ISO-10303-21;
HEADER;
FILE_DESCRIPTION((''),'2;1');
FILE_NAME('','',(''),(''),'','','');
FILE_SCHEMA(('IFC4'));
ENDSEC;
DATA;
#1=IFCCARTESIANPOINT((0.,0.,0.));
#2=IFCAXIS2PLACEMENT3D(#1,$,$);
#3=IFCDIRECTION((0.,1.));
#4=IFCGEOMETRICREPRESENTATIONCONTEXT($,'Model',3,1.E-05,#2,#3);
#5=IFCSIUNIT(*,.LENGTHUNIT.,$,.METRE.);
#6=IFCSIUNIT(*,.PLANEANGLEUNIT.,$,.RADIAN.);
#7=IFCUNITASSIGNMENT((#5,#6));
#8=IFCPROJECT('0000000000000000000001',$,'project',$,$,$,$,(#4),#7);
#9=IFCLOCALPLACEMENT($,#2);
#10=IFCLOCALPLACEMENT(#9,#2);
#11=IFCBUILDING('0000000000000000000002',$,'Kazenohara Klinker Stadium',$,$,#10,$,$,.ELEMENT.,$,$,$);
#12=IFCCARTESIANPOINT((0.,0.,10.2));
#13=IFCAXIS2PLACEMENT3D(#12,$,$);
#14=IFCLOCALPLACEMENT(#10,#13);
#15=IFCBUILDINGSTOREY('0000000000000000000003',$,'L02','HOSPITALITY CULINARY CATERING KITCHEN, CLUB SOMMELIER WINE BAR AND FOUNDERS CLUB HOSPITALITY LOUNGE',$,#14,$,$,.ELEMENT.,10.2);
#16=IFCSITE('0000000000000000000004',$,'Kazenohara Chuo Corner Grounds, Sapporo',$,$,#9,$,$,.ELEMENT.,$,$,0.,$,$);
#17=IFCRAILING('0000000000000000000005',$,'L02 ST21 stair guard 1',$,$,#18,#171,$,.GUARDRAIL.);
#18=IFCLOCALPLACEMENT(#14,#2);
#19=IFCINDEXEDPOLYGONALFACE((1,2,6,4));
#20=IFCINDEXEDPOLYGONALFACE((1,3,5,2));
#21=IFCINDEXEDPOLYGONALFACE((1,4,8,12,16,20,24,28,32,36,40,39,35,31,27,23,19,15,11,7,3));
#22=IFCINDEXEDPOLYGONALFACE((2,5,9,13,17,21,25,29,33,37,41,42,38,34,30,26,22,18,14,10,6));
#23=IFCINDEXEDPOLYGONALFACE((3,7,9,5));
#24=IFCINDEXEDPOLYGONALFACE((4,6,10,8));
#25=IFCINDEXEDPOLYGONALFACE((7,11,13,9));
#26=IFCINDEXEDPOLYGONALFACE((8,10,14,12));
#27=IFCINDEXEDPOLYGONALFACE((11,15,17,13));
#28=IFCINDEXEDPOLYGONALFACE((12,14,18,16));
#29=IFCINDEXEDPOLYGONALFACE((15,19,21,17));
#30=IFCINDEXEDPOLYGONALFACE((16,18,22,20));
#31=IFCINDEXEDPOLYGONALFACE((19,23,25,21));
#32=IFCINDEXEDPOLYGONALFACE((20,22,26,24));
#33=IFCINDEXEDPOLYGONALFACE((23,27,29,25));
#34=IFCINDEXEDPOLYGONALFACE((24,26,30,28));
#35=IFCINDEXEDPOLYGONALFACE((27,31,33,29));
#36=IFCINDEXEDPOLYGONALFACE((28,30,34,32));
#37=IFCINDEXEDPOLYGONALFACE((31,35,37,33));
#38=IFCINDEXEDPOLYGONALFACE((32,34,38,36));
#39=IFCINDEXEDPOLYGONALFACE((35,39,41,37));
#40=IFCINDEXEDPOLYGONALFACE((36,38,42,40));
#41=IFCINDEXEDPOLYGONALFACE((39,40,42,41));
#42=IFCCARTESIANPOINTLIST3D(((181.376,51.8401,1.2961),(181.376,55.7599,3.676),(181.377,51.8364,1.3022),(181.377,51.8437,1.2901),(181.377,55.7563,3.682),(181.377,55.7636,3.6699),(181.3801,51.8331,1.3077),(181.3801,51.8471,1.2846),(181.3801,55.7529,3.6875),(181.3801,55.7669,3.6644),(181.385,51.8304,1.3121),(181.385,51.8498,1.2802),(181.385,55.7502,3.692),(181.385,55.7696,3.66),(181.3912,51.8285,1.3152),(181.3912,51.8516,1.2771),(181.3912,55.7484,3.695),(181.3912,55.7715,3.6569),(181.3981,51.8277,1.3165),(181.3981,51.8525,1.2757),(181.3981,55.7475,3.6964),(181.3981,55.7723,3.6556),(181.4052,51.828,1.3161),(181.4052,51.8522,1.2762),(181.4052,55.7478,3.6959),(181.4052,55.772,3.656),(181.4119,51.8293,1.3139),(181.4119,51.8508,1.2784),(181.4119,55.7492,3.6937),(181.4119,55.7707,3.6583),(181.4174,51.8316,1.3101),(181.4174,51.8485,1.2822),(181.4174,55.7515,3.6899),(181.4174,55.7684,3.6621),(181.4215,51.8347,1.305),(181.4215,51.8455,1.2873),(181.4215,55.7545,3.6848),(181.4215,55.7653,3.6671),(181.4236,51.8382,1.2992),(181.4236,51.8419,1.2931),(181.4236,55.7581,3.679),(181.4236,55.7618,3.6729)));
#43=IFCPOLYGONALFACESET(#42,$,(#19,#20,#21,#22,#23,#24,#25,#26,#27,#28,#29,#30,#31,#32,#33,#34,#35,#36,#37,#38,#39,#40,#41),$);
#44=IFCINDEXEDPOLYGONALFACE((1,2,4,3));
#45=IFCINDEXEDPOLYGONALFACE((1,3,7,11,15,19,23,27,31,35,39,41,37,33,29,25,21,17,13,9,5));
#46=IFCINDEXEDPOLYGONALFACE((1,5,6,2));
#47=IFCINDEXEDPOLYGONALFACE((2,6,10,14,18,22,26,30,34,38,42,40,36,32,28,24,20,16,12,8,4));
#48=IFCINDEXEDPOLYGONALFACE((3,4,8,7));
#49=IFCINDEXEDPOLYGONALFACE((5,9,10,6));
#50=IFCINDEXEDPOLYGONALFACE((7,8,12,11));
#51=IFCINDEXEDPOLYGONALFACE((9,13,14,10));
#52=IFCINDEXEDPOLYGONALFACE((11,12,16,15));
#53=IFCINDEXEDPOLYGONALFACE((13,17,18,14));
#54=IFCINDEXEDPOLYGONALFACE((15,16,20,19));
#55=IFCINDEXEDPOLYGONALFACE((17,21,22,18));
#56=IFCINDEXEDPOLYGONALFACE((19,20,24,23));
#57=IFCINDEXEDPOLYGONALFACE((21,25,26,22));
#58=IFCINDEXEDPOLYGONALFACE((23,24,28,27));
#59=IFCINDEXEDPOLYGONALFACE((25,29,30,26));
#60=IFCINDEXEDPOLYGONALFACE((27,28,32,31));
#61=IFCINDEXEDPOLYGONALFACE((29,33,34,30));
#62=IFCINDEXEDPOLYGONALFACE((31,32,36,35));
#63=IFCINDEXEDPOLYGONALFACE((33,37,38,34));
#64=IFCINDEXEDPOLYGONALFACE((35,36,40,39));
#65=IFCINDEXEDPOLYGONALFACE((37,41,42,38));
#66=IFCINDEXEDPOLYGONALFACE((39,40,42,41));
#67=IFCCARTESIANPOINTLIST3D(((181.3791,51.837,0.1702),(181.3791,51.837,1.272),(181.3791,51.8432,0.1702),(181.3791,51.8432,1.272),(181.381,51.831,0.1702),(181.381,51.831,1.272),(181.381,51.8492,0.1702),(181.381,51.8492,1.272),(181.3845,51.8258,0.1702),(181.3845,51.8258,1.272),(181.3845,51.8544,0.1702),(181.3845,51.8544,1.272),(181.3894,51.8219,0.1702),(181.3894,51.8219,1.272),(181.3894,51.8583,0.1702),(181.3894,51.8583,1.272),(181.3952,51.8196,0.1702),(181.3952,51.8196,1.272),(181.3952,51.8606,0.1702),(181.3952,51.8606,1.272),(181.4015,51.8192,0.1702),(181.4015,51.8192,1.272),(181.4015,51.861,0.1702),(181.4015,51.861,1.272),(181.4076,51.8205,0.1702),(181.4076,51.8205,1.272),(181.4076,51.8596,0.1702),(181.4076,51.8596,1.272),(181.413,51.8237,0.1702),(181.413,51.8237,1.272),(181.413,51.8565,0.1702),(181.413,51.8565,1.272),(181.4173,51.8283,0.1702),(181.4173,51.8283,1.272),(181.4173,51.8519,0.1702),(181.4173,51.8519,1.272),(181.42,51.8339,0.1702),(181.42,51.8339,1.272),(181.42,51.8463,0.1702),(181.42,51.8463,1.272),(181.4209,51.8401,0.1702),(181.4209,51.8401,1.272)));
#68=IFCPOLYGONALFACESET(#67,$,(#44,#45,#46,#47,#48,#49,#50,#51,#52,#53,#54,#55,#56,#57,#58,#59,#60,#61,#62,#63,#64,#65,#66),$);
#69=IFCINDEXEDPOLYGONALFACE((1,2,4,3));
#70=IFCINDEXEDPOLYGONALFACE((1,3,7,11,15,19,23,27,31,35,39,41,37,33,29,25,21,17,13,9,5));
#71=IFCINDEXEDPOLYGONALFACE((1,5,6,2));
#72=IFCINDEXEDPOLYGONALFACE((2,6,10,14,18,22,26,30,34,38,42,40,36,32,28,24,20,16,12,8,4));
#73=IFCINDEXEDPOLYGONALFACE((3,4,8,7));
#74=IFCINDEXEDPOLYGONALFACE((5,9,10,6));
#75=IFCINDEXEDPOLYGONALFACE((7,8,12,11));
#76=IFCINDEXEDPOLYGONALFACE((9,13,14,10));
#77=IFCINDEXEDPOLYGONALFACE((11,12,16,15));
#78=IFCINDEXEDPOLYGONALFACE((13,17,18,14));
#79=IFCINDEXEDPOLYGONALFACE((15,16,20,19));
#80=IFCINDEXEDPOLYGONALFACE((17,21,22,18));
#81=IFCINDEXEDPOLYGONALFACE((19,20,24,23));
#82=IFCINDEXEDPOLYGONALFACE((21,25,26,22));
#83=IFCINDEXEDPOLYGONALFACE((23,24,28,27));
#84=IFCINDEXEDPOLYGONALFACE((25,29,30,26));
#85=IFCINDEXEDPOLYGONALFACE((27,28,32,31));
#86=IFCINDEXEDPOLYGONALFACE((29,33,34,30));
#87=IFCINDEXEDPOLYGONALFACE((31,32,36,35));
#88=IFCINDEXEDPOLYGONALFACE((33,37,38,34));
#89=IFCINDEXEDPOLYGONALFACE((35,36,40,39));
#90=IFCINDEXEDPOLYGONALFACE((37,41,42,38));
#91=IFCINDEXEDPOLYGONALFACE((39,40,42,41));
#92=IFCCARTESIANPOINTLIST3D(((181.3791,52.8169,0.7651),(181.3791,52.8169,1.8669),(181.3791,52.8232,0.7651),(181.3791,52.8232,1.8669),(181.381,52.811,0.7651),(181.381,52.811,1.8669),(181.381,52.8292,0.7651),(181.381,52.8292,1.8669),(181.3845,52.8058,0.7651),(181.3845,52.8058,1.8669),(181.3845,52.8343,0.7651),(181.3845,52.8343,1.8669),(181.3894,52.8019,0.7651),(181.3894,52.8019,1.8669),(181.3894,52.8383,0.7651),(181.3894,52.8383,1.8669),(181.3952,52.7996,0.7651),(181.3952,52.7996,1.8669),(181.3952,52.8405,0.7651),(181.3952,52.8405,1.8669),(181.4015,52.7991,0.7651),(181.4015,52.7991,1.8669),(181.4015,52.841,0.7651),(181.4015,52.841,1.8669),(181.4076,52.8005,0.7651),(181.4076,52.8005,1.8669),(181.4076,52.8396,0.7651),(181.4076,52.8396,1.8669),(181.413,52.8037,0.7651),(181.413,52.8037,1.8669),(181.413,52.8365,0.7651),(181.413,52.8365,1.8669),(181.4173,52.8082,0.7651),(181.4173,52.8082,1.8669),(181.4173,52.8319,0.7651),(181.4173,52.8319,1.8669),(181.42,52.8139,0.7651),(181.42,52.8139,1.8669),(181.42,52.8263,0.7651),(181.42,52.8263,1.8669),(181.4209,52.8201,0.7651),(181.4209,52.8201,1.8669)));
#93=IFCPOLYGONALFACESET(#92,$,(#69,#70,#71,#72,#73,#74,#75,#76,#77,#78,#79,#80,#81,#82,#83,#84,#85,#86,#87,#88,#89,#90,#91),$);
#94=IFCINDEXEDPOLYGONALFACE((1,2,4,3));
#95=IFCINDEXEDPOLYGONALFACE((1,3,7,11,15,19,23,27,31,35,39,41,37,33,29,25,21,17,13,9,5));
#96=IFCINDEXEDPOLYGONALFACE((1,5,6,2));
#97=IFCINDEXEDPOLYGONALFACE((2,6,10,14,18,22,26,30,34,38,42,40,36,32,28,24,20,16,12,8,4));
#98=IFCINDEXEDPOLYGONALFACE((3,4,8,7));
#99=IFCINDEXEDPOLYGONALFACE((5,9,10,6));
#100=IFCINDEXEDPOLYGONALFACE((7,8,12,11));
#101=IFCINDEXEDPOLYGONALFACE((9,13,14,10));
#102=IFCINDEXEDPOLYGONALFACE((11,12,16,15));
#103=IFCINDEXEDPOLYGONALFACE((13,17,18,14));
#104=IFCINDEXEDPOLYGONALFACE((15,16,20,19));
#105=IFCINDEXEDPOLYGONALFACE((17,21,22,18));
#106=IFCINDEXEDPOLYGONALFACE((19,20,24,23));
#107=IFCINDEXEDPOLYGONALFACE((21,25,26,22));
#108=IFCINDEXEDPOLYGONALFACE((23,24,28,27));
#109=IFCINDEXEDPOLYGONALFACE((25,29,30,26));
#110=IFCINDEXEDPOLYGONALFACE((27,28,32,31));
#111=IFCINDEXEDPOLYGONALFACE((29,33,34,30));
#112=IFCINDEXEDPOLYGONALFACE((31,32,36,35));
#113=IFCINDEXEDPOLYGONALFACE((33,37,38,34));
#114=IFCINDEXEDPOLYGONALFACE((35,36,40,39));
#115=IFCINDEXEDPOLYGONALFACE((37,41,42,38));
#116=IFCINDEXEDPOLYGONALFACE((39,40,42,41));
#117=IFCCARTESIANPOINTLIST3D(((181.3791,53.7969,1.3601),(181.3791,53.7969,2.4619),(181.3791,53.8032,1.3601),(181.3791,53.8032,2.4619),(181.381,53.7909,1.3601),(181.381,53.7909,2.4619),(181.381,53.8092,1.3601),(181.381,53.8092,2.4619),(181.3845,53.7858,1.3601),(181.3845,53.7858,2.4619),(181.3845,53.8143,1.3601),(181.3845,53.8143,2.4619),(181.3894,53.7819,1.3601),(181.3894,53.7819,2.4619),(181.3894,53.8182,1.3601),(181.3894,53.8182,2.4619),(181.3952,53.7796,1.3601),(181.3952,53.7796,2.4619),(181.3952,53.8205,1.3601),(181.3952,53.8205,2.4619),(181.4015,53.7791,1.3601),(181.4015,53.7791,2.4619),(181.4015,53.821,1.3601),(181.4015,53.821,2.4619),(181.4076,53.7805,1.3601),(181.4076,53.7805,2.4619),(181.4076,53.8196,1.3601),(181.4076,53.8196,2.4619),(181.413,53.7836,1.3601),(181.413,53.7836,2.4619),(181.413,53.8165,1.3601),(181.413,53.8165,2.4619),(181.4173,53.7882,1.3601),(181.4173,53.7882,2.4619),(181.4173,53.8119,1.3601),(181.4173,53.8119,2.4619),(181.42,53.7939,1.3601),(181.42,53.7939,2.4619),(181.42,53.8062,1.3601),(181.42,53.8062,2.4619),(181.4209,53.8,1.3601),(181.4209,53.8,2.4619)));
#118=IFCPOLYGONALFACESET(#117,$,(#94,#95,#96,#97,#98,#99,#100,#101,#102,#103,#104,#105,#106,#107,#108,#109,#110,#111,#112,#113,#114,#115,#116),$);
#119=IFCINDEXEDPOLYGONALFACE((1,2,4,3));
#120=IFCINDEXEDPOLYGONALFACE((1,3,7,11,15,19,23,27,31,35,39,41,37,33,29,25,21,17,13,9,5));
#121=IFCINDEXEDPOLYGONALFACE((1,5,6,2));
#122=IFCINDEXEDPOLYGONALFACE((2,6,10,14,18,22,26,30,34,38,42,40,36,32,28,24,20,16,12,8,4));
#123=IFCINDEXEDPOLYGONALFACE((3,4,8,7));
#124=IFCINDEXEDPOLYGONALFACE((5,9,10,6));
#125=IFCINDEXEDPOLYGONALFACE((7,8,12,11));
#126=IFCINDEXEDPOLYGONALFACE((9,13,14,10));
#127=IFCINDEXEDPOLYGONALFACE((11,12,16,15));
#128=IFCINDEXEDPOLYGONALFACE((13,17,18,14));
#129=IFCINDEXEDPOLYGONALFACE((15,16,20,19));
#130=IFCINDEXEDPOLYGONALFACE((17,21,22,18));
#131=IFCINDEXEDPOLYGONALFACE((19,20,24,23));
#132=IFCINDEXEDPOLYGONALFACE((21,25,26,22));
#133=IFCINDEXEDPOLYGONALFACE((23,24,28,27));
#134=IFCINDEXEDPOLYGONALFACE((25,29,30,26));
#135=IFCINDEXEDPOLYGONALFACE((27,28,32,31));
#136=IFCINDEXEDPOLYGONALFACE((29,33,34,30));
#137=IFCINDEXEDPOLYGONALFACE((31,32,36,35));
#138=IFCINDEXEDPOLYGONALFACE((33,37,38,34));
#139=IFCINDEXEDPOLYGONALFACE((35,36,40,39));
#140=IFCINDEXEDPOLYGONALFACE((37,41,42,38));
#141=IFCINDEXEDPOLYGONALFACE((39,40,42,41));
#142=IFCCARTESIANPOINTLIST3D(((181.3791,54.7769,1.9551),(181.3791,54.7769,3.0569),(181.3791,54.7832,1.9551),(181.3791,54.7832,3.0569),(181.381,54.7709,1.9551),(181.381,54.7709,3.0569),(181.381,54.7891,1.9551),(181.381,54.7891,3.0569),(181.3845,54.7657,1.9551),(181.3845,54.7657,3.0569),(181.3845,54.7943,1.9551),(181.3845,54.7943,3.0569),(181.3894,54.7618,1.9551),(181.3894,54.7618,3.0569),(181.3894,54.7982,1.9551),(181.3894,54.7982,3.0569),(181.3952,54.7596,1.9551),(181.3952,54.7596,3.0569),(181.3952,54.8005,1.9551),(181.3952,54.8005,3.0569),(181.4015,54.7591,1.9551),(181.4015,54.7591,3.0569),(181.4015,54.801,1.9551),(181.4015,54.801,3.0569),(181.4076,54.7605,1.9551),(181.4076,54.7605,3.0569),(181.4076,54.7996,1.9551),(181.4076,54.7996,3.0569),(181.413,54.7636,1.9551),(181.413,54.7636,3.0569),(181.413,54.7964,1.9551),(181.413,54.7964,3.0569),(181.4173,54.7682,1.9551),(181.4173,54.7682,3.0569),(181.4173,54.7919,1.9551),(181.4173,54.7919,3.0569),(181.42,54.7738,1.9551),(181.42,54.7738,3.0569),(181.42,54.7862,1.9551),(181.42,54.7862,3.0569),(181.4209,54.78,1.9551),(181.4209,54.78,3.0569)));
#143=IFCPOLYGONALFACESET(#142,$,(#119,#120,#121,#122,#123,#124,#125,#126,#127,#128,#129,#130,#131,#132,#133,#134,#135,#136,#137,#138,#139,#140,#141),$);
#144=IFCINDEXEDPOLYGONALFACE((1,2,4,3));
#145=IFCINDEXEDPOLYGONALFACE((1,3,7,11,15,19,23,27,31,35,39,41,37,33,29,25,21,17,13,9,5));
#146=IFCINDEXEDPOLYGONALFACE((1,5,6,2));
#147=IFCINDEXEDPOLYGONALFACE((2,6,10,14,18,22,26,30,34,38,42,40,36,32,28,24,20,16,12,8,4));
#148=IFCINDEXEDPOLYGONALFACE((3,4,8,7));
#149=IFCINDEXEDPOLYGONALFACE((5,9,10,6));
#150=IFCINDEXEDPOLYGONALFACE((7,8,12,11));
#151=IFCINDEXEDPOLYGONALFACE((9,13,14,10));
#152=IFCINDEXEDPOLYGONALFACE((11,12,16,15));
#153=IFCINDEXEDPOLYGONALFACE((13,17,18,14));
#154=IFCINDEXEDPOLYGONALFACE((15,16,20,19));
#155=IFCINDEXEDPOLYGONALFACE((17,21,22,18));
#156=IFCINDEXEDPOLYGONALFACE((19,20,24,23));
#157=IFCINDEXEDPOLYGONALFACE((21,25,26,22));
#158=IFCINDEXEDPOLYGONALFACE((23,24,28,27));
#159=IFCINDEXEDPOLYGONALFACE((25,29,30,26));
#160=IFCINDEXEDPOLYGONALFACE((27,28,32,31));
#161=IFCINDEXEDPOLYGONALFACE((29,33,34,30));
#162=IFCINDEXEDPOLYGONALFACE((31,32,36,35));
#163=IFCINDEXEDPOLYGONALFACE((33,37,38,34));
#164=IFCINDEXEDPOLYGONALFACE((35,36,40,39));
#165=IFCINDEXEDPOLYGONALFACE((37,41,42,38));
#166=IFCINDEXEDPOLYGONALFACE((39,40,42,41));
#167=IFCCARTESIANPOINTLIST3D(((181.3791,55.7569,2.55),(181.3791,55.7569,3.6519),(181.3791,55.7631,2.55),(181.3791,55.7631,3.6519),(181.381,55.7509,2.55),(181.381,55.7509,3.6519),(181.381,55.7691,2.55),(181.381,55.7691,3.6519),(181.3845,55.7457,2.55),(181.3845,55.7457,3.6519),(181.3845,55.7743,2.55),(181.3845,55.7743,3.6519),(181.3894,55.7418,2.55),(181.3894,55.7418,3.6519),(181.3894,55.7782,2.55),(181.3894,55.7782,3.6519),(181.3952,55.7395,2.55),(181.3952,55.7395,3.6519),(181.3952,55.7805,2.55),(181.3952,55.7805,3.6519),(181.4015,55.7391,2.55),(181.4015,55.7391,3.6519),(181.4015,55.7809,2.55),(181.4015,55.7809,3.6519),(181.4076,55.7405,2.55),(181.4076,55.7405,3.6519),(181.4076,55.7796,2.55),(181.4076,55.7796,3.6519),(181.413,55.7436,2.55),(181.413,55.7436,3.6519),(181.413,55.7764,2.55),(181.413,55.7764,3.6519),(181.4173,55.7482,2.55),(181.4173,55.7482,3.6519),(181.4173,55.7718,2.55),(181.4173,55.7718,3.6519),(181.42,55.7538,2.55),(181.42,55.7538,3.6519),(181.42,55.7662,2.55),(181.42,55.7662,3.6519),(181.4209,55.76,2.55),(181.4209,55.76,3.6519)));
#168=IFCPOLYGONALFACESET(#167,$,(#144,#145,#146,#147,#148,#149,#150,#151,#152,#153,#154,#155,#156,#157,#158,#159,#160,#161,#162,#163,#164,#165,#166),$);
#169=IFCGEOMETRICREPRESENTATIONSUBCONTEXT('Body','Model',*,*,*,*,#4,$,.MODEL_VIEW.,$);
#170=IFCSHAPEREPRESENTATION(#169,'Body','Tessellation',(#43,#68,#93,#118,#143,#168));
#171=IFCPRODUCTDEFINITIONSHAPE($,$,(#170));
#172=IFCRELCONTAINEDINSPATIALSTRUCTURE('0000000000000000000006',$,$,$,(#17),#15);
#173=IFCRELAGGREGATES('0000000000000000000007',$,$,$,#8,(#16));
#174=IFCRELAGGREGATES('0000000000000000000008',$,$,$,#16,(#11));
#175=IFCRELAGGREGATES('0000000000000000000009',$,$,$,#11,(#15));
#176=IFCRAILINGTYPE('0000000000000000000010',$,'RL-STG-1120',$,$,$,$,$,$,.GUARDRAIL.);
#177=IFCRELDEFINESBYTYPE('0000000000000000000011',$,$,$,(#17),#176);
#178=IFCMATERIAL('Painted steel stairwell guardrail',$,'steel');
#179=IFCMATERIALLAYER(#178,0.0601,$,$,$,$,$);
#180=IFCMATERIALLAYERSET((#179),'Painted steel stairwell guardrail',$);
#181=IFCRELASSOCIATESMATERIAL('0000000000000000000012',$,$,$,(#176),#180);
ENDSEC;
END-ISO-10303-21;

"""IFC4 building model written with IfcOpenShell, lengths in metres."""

from ifc_helpers import new_model, si_unit, direction, frame, origin, origin_2d, place, context, subcontext, project, spatial, circle, extrude, material, layer, layer_set, type_object, element, save


model = new_model("IFC4")

# Units and contexts
model_context = context("Model", 3, precision=1e-05, world=origin(), true_north=direction((0.0, 1.0)))
body_context = subcontext(model_context, "Body", "Model", "MODEL_VIEW")
ifc_project = project(units=[si_unit("LENGTHUNIT", "METRE"), si_unit("PLANEANGLEUNIT", "RADIAN")], contexts=[model_context])

# Site, building, storey
site_placement = place(None, origin())
site = spatial("IfcSite", under=ifc_project, at=site_placement, Name="Kazenohara Chuo Corner Grounds, Sapporo", CompositionType="ELEMENT", RefElevation=0.0)
building_placement = place(site_placement, origin())
building = spatial("IfcBuilding", under=site, at=building_placement, Name="Kazenohara Klinker Stadium", CompositionType="ELEMENT")
storey_placement = place(building_placement, frame((0.0, 0.0, 10.2)))
storey = spatial("IfcBuildingStorey", under=building, at=storey_placement, Name="L02", Description="HOSPITALITY CULINARY CATERING KITCHEN, CLUB SOMMELIER WINE BAR AND FOUNDERS CLUB HOSPITALITY LOUNGE", CompositionType="ELEMENT", Elevation=10.2)

# Railing
ifc_material_1 = material(Name="Painted steel stairwell guardrail", Category="steel")
ifc_layer_1 = layer(ifc_material_1, 0.0601)
ifc_layer_set_1 = layer_set([ifc_layer_1], Name="Painted steel stairwell guardrail")
railing_type_1 = type_object("IfcRailingType", Name="RL-STG-1120", PredefinedType="GUARDRAIL", material=ifc_layer_set_1)
railing_1_placement = place(storey_placement, frame((181.3999, 51.8401, 0.1702)))
element("IfcRailing", 1, at=railing_1_placement, inside=storey, type_object=railing_type_1, Name="L02 ST21 stair guard 1", PredefinedType="GUARDRAIL", context=body_context, shape_type="SweptSolid", body=[
    extrude(circle(Radius=0.0239, at=origin_2d()), frame((0.0, 0.0, 1.126), z_axis=(0.0, 0.854794, 0.518967), x_axis=(-1.0, 0.0, 0.0)), (0.0, 0.0, 1.0), 4.5857),
    extrude(circle(Radius=0.021, at=origin_2d()), origin(), (0.0, 0.0, 1.0), 1.1018),
    extrude(circle(Radius=0.021, at=origin_2d()), frame((0.0, 0.98, 0.595)), (0.0, 0.0, 1.0), 1.1018),
    extrude(circle(Radius=0.021, at=origin_2d()), frame((0.0, 1.96, 1.1899)), (0.0, 0.0, 1.0), 1.1018),
    extrude(circle(Radius=0.021, at=origin_2d()), frame((0.0, 2.9399, 1.7849)), (0.0, 0.0, 1.0), 1.1018),
    extrude(circle(Radius=0.021, at=origin_2d()), frame((0.0, 3.9199, 2.3799)), (0.0, 0.0, 1.0), 1.1018),
])

save(model, "model.ifc")
